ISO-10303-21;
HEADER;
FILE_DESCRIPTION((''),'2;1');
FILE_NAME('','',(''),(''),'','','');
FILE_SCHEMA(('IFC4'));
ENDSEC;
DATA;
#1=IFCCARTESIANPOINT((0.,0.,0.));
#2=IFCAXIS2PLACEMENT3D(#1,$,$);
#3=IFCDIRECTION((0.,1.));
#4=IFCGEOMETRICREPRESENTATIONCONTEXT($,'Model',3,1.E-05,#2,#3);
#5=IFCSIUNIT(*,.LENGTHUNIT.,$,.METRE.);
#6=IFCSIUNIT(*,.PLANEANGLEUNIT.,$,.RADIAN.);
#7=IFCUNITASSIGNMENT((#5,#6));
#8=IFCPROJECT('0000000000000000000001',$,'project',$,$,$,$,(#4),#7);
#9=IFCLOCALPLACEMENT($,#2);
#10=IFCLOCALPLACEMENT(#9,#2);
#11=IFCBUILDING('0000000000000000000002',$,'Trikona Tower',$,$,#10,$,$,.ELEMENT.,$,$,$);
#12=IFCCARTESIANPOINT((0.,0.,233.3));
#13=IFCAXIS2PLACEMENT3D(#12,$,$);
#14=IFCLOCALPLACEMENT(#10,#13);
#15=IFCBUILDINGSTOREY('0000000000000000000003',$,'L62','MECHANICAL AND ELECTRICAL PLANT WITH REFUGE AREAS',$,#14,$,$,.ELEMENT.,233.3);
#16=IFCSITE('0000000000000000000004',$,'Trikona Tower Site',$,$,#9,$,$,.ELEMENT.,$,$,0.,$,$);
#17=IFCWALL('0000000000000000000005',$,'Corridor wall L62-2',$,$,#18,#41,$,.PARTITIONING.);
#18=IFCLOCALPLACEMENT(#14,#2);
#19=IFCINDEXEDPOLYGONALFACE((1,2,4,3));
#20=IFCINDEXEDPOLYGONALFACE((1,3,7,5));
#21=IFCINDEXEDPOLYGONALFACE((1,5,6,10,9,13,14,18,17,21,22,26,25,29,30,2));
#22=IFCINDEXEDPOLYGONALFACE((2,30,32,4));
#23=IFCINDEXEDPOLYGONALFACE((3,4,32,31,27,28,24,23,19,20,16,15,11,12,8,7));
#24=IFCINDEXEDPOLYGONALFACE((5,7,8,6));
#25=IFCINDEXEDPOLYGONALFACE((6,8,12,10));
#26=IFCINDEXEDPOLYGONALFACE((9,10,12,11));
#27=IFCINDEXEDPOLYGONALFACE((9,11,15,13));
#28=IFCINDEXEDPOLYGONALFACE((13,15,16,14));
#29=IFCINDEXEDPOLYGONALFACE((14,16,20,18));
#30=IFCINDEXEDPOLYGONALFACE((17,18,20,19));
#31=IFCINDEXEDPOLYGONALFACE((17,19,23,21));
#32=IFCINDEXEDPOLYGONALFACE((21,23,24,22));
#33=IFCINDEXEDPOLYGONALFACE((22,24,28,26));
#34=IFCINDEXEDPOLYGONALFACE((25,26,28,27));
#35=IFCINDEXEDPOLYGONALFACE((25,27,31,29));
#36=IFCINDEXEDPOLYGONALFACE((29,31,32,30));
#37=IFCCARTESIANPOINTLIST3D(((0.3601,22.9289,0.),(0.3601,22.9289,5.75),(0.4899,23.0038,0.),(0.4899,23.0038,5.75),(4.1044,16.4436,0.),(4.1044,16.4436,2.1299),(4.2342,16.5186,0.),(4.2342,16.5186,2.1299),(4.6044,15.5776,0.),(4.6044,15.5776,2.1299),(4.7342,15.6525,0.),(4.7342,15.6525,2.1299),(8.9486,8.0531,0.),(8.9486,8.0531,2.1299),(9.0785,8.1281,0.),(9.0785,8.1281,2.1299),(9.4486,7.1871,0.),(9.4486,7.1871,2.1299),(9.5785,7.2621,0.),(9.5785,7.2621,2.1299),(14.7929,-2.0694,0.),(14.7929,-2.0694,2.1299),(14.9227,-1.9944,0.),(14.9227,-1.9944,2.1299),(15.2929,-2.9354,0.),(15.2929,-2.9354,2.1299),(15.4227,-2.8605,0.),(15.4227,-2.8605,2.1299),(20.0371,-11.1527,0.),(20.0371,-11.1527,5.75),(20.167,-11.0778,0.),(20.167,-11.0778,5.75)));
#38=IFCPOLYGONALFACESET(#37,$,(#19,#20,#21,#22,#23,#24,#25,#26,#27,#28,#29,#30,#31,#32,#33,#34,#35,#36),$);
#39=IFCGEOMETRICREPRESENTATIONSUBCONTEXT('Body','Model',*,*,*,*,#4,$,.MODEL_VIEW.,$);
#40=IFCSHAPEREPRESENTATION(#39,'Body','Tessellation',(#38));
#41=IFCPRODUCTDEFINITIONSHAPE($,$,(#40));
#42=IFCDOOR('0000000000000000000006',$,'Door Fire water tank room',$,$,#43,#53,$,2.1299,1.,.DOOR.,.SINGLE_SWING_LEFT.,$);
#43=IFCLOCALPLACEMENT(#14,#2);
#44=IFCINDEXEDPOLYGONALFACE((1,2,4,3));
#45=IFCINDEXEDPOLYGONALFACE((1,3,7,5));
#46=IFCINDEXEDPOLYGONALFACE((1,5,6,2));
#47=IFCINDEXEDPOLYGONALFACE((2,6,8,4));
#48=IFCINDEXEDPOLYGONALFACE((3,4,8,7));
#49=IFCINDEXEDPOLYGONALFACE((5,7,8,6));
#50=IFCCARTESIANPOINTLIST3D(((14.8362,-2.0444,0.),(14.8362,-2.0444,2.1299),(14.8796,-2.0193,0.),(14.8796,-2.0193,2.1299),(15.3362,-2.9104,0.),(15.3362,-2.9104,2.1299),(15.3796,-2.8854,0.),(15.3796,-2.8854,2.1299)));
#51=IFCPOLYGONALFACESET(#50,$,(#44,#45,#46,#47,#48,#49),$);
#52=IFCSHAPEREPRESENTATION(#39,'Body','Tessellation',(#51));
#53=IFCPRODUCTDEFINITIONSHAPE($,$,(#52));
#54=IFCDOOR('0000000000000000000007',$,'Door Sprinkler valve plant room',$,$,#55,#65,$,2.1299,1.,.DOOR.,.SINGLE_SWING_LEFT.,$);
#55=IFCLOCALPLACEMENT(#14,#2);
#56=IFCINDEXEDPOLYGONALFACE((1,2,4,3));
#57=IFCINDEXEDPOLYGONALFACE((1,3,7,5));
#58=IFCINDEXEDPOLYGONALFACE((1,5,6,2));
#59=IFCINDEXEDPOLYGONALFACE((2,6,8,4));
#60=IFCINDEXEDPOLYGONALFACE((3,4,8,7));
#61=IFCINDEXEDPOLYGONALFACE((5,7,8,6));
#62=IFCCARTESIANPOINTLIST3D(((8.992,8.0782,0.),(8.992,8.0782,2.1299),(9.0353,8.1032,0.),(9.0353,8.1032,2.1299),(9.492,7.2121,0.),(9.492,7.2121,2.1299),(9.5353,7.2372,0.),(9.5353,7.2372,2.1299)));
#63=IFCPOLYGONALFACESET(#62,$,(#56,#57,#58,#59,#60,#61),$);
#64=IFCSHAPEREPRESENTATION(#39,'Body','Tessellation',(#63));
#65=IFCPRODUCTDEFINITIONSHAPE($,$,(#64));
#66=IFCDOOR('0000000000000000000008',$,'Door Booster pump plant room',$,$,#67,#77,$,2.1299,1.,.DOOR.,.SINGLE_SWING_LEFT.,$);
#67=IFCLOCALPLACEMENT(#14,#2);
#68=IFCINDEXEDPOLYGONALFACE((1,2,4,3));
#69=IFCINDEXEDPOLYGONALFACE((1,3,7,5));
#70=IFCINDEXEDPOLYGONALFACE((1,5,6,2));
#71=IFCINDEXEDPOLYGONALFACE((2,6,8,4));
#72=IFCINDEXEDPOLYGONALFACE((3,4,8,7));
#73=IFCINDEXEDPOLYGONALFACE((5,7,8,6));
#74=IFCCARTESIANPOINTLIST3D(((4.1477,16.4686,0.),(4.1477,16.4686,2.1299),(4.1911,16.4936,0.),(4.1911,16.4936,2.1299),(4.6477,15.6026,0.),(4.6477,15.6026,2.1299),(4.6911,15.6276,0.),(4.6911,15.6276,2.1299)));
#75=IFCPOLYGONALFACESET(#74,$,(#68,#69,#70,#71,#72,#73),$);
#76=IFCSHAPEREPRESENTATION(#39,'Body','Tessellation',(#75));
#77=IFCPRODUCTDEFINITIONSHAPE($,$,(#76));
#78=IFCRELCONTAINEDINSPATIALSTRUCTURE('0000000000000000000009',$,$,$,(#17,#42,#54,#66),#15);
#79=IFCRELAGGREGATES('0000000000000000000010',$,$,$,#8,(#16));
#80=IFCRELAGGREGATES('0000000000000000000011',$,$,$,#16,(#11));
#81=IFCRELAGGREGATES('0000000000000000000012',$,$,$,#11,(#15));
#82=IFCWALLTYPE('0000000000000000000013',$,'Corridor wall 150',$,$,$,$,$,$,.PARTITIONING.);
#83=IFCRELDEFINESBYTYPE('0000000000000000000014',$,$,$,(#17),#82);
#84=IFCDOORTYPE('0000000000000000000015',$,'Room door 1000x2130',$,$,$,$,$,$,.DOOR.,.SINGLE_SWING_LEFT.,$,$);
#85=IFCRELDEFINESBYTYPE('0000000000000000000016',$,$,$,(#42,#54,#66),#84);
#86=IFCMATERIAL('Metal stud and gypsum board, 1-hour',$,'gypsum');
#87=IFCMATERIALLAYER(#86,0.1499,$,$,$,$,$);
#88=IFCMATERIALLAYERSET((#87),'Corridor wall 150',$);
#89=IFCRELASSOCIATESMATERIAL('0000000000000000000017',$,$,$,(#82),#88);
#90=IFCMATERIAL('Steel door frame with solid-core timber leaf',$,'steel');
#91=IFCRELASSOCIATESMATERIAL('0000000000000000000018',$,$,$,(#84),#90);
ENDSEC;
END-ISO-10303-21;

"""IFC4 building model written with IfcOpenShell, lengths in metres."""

from ifc_helpers import new_model, si_unit, direction, frame, frame_2d, origin, place, context, subcontext, project, spatial, rectangle, extrude, material, layer, layer_set, type_object, element, fill, save


model = new_model("IFC4")

# Units and contexts
model_context = context("Model", 3, precision=1e-05, world=origin(), true_north=direction((0.0, 1.0)))
body_context = subcontext(model_context, "Body", "Model", "MODEL_VIEW")
ifc_project = project(units=[si_unit("LENGTHUNIT", "METRE"), si_unit("PLANEANGLEUNIT", "RADIAN")], contexts=[model_context])

# Site, building, storey
site_placement = place(None, origin())
site = spatial("IfcSite", under=ifc_project, at=site_placement, Name="Trikona Tower Site", CompositionType="ELEMENT", RefElevation=0.0)
building_placement = place(site_placement, origin())
building = spatial("IfcBuilding", under=site, at=building_placement, Name="Trikona Tower", CompositionType="ELEMENT")
storey_placement = place(building_placement, frame((0.0, 0.0, 233.3)))
storey = spatial("IfcBuildingStorey", under=building, at=storey_placement, Name="L62", Description="MECHANICAL AND ELECTRICAL PLANT WITH REFUGE AREAS", CompositionType="ELEMENT", Elevation=233.3)

# Wall, openings, doors
ifc_material_1 = material(Name="Metal stud and gypsum board, 1-hour", Category="gypsum")
ifc_layer_1 = layer(ifc_material_1, 0.1499)
ifc_layer_set_1 = layer_set([ifc_layer_1], Name="Corridor wall 150")
wall_type_1 = type_object("IfcWallType", Name="Corridor wall 150", PredefinedType="PARTITIONING", material=ifc_layer_set_1)
wall_1_placement = place(storey_placement, frame((20.1021, -11.1152, 0.0), z_axis=(0.0, 0.0, 1.0), x_axis=(-0.5, 0.866025, 0.0)))
wall_1 = element("IfcWall", 1, at=wall_1_placement, inside=storey, type_object=wall_type_1, Name="Corridor wall L62-2", PredefinedType="PARTITIONING", context=body_context, shape_type="SweptSolid", body=[
    extrude(rectangle(XDim=39.354, YDim=0.1499, at=frame_2d((19.677, 0.0))), origin(), (0.0, 0.0, 1.0), 5.75),
])
opening_1_placement = place(wall_1_placement, frame((9.4885, 0.0, 0.0)))
opening_1 = element("IfcOpeningElement", 2, at=opening_1_placement, cuts=wall_1, PredefinedType="OPENING", context=body_context, shape_type="SweptSolid", body=[
    extrude(rectangle(XDim=1.0, YDim=2.1299, at=frame_2d((0.5, 1.0649))), frame((0.0, 0.085, 0.0), z_axis=(0.0, -1.0, 0.0), x_axis=(1.0, 0.0, 0.0)), (0.0, 0.0, 1.0), 0.1699),
])
opening_2_placement = place(wall_1_placement, frame((21.177, 0.0, 0.0)))
opening_2 = element("IfcOpeningElement", 3, at=opening_2_placement, cuts=wall_1, PredefinedType="OPENING", context=body_context, shape_type="SweptSolid", body=[
    extrude(rectangle(XDim=1.0, YDim=2.1299, at=frame_2d((0.5, 1.0649))), frame((0.0, 0.085, 0.0), z_axis=(0.0, -1.0, 0.0), x_axis=(1.0, 0.0, 0.0)), (0.0, 0.0, 1.0), 0.1699),
])
opening_3_placement = place(wall_1_placement, frame((30.8655, 0.0, 0.0)))
opening_3 = element("IfcOpeningElement", 4, at=opening_3_placement, cuts=wall_1, PredefinedType="OPENING", context=body_context, shape_type="SweptSolid", body=[
    extrude(rectangle(XDim=1.0, YDim=2.1299, at=frame_2d((0.5, 1.0649))), frame((0.0, 0.085, 0.0), z_axis=(0.0, -1.0, 0.0), x_axis=(1.0, 0.0, 0.0)), (0.0, 0.0, 1.0), 0.1699),
])
ifc_material_2 = material(Name="Steel door frame with solid-core timber leaf", Category="steel")
door_type = type_object("IfcDoorType", Name="Room door 1000x2130", OperationType="SINGLE_SWING_LEFT", PredefinedType="DOOR", material=ifc_material_2)
door_1_placement = place(opening_1_placement, origin())
door_1 = element("IfcDoor", 5, at=door_1_placement, inside=storey, type_object=door_type, Name="Door Fire water tank room", OperationType="SINGLE_SWING_LEFT", OverallHeight=2.1299, OverallWidth=1.0, PredefinedType="DOOR", context=body_context, shape_type="SweptSolid", body=[
    extrude(rectangle(XDim=1.0, YDim=2.1299, at=frame_2d((0.5, 1.0649))), frame((0.0, 0.0249, 0.0), z_axis=(0.0, -1.0, 0.0), x_axis=(1.0, 0.0, 0.0)), (0.0, 0.0, 1.0), 0.05),
])
fill(opening_1, door_1)
door_2_placement = place(opening_2_placement, origin())
door_2 = element("IfcDoor", 6, at=door_2_placement, inside=storey, type_object=door_type, Name="Door Sprinkler valve plant room", OperationType="SINGLE_SWING_LEFT", OverallHeight=2.1299, OverallWidth=1.0, PredefinedType="DOOR", context=body_context, shape_type="SweptSolid", body=[
    extrude(rectangle(XDim=1.0, YDim=2.1299, at=frame_2d((0.5, 1.0649))), frame((0.0, 0.0249, 0.0), z_axis=(0.0, -1.0, 0.0), x_axis=(1.0, 0.0, 0.0)), (0.0, 0.0, 1.0), 0.05),
])
fill(opening_2, door_2)
door_3_placement = place(opening_3_placement, origin())
door_3 = element("IfcDoor", 7, at=door_3_placement, inside=storey, type_object=door_type, Name="Door Booster pump plant room", OperationType="SINGLE_SWING_LEFT", OverallHeight=2.1299, OverallWidth=1.0, PredefinedType="DOOR", context=body_context, shape_type="SweptSolid", body=[
    extrude(rectangle(XDim=1.0, YDim=2.1299, at=frame_2d((0.5, 1.0649))), frame((0.0, 0.0249, 0.0), z_axis=(0.0, -1.0, 0.0), x_axis=(1.0, 0.0, 0.0)), (0.0, 0.0, 1.0), 0.05),
])
fill(opening_3, door_3)

save(model, "model.ifc")
